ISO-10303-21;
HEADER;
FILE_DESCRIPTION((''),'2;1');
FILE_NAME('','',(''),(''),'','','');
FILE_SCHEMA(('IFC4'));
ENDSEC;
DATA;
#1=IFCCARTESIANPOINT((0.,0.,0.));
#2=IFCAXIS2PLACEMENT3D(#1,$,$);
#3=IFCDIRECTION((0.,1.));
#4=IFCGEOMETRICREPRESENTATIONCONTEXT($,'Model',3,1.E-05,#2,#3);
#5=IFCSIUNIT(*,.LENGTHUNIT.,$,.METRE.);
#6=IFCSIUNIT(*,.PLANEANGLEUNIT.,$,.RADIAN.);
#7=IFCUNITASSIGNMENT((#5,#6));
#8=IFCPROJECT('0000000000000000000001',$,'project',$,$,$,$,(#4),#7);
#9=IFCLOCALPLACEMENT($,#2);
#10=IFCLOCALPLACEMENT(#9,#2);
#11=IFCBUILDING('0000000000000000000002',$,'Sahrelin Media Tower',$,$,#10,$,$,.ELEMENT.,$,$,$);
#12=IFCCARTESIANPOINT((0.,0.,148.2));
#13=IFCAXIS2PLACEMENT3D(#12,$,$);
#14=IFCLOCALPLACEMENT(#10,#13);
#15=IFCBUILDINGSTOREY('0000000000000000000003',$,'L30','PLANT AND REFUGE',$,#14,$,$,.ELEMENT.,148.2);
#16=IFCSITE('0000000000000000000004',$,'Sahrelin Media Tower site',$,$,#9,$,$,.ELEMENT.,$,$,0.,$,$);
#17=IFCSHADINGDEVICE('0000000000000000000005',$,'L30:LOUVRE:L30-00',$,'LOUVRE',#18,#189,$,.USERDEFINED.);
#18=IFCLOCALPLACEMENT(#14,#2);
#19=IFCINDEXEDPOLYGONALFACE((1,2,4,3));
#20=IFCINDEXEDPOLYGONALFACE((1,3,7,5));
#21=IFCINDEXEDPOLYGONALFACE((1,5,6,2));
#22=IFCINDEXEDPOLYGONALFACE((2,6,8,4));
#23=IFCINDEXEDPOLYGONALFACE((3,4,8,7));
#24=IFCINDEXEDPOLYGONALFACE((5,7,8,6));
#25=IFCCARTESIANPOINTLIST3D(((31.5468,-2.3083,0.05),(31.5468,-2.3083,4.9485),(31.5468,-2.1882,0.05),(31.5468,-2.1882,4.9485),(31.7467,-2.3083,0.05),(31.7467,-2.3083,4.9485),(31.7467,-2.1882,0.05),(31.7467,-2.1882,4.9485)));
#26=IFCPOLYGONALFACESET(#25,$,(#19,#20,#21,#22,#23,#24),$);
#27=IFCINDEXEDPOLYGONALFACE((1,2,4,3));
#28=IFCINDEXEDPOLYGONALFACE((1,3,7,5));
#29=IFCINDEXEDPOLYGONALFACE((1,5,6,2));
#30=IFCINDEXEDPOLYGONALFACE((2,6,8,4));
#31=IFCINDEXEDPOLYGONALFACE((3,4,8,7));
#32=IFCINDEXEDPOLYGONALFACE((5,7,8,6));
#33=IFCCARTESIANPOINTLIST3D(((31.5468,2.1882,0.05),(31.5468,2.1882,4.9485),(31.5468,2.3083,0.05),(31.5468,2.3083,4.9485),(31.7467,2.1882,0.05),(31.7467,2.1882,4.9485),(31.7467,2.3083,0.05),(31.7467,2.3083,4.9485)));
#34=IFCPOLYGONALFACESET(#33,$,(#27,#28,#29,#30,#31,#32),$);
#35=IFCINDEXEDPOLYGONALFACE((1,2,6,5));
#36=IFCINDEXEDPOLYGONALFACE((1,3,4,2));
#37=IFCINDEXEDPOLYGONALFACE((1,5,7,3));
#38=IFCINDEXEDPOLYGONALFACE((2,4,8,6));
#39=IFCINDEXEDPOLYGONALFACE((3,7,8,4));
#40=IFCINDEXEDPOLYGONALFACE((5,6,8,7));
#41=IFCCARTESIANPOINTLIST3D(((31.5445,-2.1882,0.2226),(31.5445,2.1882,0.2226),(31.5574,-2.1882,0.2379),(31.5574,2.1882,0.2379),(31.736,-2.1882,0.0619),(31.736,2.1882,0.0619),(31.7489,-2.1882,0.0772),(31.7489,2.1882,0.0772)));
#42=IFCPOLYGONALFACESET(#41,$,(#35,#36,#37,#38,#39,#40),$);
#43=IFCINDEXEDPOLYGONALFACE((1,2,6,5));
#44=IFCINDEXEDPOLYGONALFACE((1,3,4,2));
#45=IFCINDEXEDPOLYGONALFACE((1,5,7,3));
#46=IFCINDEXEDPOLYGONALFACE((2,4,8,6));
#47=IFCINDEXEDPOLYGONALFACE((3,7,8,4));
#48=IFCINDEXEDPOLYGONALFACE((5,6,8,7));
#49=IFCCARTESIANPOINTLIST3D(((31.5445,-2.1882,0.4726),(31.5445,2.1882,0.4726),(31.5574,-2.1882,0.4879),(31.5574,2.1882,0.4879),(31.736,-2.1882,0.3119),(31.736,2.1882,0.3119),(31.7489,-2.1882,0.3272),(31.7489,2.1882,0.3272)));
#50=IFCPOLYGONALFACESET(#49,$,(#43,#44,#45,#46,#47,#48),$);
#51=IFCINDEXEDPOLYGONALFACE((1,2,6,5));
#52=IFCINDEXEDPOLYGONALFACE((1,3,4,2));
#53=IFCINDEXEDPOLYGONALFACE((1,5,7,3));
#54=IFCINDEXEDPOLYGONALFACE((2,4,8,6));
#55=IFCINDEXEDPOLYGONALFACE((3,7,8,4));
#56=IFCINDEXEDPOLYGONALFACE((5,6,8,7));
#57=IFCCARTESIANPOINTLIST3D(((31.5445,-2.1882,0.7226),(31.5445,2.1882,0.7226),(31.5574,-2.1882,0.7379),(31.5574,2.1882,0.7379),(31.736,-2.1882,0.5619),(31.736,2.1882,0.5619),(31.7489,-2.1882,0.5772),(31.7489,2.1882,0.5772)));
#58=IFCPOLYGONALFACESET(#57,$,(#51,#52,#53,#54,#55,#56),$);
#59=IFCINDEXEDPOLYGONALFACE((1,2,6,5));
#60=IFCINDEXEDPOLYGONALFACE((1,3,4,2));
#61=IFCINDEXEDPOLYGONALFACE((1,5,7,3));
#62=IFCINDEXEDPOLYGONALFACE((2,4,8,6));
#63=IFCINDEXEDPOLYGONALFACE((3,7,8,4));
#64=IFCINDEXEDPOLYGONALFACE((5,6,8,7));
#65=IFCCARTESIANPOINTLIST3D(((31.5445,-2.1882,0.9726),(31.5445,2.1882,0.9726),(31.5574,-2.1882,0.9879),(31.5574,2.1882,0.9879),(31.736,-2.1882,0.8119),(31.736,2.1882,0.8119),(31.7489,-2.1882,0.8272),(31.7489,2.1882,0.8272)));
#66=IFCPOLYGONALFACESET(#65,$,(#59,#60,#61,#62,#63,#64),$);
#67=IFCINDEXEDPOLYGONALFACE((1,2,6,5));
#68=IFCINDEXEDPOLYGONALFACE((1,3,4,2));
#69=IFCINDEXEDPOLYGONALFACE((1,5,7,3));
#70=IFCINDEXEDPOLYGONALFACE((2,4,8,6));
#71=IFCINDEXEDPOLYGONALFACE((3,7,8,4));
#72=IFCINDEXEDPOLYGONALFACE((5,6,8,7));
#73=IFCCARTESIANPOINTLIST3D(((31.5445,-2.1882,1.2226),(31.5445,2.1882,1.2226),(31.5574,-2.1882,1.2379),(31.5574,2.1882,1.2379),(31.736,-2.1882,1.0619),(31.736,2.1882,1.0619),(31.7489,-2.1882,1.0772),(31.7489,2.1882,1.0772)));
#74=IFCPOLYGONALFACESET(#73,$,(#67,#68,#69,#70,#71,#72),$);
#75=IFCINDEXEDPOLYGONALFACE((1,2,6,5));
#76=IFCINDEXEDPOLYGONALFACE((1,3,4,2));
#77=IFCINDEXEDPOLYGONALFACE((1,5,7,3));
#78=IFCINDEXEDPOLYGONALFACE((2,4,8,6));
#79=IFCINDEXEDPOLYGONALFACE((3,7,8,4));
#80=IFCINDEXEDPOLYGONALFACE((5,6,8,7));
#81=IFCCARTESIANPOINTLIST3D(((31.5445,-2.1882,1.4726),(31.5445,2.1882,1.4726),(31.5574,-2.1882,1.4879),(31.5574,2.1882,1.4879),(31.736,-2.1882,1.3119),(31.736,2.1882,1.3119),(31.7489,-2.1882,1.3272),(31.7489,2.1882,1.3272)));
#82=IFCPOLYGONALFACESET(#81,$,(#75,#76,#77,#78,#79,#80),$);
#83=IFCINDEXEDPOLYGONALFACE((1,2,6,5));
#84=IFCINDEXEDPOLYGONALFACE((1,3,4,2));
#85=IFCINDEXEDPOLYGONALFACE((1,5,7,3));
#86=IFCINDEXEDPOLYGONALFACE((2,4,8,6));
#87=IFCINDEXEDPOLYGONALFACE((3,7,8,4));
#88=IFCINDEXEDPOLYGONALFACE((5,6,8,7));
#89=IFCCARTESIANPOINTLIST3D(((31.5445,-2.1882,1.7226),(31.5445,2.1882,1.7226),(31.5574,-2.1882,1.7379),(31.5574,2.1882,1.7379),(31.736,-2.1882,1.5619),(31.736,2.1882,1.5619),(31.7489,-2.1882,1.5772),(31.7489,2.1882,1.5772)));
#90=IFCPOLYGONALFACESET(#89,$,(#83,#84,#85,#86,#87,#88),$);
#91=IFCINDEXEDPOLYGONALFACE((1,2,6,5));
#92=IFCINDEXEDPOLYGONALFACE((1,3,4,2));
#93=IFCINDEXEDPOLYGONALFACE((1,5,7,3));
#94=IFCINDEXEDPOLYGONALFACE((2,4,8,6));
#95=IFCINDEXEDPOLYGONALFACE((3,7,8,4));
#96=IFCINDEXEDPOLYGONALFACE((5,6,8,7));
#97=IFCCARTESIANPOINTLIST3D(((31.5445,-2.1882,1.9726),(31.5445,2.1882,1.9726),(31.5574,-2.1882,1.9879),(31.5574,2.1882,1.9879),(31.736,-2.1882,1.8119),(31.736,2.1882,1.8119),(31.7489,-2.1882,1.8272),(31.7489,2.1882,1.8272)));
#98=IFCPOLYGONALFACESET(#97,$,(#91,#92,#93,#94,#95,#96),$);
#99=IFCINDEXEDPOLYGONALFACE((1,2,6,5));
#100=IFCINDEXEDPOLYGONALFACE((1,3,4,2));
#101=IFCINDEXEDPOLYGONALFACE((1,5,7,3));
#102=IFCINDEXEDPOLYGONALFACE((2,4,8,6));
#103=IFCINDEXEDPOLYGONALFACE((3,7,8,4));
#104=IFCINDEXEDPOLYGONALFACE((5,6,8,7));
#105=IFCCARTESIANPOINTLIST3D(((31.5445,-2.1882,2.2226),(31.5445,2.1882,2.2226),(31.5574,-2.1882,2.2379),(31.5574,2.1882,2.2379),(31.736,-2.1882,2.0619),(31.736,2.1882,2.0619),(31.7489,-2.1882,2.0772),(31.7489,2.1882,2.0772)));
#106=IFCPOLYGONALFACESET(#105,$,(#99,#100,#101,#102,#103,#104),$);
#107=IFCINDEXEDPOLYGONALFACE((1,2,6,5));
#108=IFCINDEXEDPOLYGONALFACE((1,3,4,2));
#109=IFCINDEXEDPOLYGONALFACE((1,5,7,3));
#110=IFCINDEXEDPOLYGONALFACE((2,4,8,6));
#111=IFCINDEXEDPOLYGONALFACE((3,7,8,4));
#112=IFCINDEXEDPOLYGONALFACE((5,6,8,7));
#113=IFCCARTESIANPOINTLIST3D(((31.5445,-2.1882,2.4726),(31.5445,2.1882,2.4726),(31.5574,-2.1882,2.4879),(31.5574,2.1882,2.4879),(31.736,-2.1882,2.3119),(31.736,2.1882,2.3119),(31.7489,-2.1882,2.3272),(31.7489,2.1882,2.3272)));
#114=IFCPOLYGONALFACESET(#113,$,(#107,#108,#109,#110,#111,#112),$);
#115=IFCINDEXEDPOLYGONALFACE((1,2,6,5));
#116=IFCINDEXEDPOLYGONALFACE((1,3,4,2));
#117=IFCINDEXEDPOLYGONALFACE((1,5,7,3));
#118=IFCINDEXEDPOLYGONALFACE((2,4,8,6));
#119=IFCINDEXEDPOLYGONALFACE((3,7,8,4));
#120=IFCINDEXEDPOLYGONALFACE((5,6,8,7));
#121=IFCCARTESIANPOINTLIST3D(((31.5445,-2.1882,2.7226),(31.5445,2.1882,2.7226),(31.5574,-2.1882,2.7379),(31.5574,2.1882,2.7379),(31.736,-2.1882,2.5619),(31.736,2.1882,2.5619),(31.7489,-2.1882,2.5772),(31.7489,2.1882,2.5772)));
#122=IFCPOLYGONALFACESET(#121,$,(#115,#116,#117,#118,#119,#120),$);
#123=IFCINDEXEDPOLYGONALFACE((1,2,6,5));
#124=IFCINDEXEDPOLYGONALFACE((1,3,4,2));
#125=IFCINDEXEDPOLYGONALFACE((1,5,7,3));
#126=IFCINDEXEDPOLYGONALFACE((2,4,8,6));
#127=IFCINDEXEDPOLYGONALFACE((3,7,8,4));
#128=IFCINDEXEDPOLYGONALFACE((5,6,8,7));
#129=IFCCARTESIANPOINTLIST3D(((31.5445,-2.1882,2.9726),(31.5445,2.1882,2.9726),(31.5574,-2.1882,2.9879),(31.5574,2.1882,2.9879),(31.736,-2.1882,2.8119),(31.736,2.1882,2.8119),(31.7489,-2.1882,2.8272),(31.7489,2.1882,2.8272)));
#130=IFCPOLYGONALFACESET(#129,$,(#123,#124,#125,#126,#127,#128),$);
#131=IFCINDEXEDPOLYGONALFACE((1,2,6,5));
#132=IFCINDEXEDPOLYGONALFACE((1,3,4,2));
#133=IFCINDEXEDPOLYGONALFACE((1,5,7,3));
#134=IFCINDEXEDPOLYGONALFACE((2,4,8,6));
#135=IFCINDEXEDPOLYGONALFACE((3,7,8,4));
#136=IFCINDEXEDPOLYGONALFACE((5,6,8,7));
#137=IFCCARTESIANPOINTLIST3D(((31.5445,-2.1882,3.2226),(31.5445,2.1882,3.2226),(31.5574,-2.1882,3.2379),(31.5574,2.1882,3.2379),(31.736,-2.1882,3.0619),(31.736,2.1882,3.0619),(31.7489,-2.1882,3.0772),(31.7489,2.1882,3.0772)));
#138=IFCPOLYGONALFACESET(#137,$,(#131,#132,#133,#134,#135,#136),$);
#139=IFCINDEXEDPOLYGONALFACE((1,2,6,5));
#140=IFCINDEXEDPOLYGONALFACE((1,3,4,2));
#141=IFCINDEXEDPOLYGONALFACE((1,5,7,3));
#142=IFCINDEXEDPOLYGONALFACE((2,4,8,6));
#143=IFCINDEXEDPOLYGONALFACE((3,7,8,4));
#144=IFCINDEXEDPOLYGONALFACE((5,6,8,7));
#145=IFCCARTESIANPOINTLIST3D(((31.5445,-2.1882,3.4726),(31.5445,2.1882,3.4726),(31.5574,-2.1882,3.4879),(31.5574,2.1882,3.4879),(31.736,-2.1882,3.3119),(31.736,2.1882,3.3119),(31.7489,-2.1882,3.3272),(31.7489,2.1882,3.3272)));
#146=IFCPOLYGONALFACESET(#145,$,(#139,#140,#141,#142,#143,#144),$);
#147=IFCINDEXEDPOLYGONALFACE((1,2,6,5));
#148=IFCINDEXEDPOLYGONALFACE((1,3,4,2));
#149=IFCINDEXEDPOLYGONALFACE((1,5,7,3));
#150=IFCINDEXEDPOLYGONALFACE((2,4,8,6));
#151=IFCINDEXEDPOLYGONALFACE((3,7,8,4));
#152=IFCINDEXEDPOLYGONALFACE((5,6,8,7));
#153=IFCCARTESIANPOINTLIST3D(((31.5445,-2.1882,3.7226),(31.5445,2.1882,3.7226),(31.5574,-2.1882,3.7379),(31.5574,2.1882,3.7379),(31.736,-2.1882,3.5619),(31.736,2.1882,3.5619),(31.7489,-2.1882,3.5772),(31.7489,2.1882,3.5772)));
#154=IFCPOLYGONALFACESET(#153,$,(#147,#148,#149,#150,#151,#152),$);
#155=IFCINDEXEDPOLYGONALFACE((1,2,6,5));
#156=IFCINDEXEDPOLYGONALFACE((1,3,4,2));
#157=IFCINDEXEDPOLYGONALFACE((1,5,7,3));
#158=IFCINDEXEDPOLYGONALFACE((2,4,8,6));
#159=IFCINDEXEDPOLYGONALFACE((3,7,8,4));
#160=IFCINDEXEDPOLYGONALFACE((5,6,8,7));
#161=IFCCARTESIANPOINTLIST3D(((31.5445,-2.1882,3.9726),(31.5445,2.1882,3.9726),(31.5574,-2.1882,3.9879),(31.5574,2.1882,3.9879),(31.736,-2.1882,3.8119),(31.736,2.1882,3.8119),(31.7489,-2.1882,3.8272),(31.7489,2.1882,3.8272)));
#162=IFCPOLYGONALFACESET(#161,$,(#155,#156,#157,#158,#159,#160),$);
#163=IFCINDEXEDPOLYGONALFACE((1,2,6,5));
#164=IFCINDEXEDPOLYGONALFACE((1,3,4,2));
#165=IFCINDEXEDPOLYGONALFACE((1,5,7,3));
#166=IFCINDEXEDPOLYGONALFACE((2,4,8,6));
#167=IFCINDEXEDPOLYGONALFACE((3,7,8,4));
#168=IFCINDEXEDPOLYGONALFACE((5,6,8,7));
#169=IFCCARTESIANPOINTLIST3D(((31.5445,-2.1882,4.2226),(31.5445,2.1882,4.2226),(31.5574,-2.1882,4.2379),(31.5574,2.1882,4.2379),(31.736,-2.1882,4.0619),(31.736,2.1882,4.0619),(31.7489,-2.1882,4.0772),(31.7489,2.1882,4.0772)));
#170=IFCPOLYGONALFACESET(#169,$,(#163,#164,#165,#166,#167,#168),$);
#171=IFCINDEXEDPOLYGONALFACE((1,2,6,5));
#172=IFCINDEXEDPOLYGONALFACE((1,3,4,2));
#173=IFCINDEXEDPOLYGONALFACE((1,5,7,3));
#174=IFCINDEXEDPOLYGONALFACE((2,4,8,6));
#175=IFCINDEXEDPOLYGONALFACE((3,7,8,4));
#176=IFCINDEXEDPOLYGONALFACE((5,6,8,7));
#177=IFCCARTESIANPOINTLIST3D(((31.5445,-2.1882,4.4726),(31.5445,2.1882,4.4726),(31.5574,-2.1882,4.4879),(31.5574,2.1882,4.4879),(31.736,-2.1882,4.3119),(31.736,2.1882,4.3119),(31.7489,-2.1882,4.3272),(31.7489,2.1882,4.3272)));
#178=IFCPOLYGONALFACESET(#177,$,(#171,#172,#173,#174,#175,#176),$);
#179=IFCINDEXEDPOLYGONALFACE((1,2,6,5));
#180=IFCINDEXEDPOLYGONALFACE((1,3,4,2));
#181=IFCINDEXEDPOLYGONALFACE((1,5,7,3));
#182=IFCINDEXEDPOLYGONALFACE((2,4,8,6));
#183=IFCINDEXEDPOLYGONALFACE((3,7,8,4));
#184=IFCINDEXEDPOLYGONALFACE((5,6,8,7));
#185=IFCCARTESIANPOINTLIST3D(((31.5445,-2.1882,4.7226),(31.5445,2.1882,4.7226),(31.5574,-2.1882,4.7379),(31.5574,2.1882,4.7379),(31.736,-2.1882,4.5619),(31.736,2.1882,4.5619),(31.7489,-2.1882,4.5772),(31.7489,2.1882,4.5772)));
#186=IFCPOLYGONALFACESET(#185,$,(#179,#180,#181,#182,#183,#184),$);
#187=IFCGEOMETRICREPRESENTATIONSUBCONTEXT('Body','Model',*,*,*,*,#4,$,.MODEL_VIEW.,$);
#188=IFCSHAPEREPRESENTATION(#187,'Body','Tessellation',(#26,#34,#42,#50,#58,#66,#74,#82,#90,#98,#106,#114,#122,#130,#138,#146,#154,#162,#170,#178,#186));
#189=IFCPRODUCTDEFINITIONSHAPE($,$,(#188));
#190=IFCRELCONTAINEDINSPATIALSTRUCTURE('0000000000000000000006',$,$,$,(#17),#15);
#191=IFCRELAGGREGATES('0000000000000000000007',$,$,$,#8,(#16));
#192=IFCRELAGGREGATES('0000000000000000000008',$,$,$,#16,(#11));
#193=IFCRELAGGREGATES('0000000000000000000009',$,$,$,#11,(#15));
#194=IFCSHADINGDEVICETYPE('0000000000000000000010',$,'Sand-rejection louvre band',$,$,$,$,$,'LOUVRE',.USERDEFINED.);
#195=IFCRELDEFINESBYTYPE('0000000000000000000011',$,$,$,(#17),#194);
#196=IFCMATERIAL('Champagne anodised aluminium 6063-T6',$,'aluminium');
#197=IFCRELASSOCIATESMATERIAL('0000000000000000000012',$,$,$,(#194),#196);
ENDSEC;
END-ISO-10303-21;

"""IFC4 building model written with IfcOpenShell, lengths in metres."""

from ifc_helpers import new_model, si_unit, direction, frame, origin, origin_2d, place, context, subcontext, project, spatial, rectangle, extrude, material, type_object, element, save


model = new_model("IFC4")

# Units and contexts
model_context = context("Model", 3, precision=1e-05, world=origin(), true_north=direction((0.0, 1.0)))
body_context = subcontext(model_context, "Body", "Model", "MODEL_VIEW")
ifc_project = project(units=[si_unit("LENGTHUNIT", "METRE"), si_unit("PLANEANGLEUNIT", "RADIAN")], contexts=[model_context])

# Site, building, storey
site_placement = place(None, origin())
site = spatial("IfcSite", under=ifc_project, at=site_placement, Name="Sahrelin Media Tower site", CompositionType="ELEMENT", RefElevation=0.0)
building_placement = place(site_placement, origin())
building = spatial("IfcBuilding", under=site, at=building_placement, Name="Sahrelin Media Tower", CompositionType="ELEMENT")
storey_placement = place(building_placement, frame((0.0, 0.0, 148.2)))
storey = spatial("IfcBuildingStorey", under=building, at=storey_placement, Name="L30", Description="PLANT AND REFUGE", CompositionType="ELEMENT", Elevation=148.2)

# Shading device
ifc_material_1 = material(Name="Champagne anodised aluminium 6063-T6", Category="aluminium")
shading_device_type = type_object("IfcShadingDeviceType", Name="Sand-rejection louvre band", ElementType="LOUVRE", PredefinedType="USERDEFINED", material=ifc_material_1)
shading_device_1_placement = place(storey_placement, frame((31.5466, 0.0, 0.0), z_axis=(0.0, 0.0, 1.0), x_axis=(0.0, -1.0, 0.0)))
element("IfcShadingDevice", 1, at=shading_device_1_placement, inside=storey, type_object=shading_device_type, Name="L30:LOUVRE:L30-00", ObjectType="LOUVRE", PredefinedType="USERDEFINED", context=body_context, shape_type="SweptSolid", body=[
    extrude(rectangle(XDim=0.1201, YDim=0.2, at=origin_2d()), frame((2.2483, 0.1001, 0.05), z_axis=(0.0, 0.0, 1.0), x_axis=(1.0, 0.0, 0.0)), (0.0, 0.0, 1.0), 4.8984),
    extrude(rectangle(XDim=0.1201, YDim=0.2, at=origin_2d()), frame((-2.2483, 0.1001, 0.05), z_axis=(0.0, 0.0, 1.0), x_axis=(1.0, 0.0, 0.0)), (0.0, 0.0, 1.0), 4.8984),
    extrude(rectangle(XDim=0.25, YDim=0.02, at=origin_2d()), frame((2.1882, 0.1001, 0.1499), z_axis=(-1.0, 0.0, 0.0), x_axis=(0.0, -0.766044, 0.642788)), (0.0, 0.0, 1.0), 4.3765),
    extrude(rectangle(XDim=0.25, YDim=0.02, at=origin_2d()), frame((2.1882, 0.1001, 0.3999), z_axis=(-1.0, 0.0, 0.0), x_axis=(0.0, -0.766044, 0.642788)), (0.0, 0.0, 1.0), 4.3765),
    extrude(rectangle(XDim=0.25, YDim=0.02, at=origin_2d()), frame((2.1882, 0.1001, 0.6499), z_axis=(-1.0, 0.0, 0.0), x_axis=(0.0, -0.766044, 0.642788)), (0.0, 0.0, 1.0), 4.3765),
    extrude(rectangle(XDim=0.25, YDim=0.02, at=origin_2d()), frame((2.1882, 0.1001, 0.8999), z_axis=(-1.0, 0.0, 0.0), x_axis=(0.0, -0.766044, 0.642788)), (0.0, 0.0, 1.0), 4.3765),
    extrude(rectangle(XDim=0.25, YDim=0.02, at=origin_2d()), frame((2.1882, 0.1001, 1.1499), z_axis=(-1.0, 0.0, 0.0), x_axis=(0.0, -0.766044, 0.642788)), (0.0, 0.0, 1.0), 4.3765),
    extrude(rectangle(XDim=0.25, YDim=0.02, at=origin_2d()), frame((2.1882, 0.1001, 1.3999), z_axis=(-1.0, 0.0, 0.0), x_axis=(0.0, -0.766044, 0.642788)), (0.0, 0.0, 1.0), 4.3765),
    extrude(rectangle(XDim=0.25, YDim=0.02, at=origin_2d()), frame((2.1882, 0.1001, 1.6499), z_axis=(-1.0, 0.0, 0.0), x_axis=(0.0, -0.766044, 0.642788)), (0.0, 0.0, 1.0), 4.3765),
    extrude(rectangle(XDim=0.25, YDim=0.02, at=origin_2d()), frame((2.1882, 0.1001, 1.8999), z_axis=(-1.0, 0.0, 0.0), x_axis=(0.0, -0.766044, 0.642788)), (0.0, 0.0, 1.0), 4.3765),
    extrude(rectangle(XDim=0.25, YDim=0.02, at=origin_2d()), frame((2.1882, 0.1001, 2.1499), z_axis=(-1.0, 0.0, 0.0), x_axis=(0.0, -0.766044, 0.642788)), (0.0, 0.0, 1.0), 4.3765),
    extrude(rectangle(XDim=0.25, YDim=0.02, at=origin_2d()), frame((2.1882, 0.1001, 2.3999), z_axis=(-1.0, 0.0, 0.0), x_axis=(0.0, -0.766044, 0.642788)), (0.0, 0.0, 1.0), 4.3765),
    extrude(rectangle(XDim=0.25, YDim=0.02, at=origin_2d()), frame((2.1882, 0.1001, 2.6499), z_axis=(-1.0, 0.0, 0.0), x_axis=(0.0, -0.766044, 0.642788)), (0.0, 0.0, 1.0), 4.3765),
    extrude(rectangle(XDim=0.25, YDim=0.02, at=origin_2d()), frame((2.1882, 0.1001, 2.8999), z_axis=(-1.0, 0.0, 0.0), x_axis=(0.0, -0.766044, 0.642788)), (0.0, 0.0, 1.0), 4.3765),
    extrude(rectangle(XDim=0.25, YDim=0.02, at=origin_2d()), frame((2.1882, 0.1001, 3.1499), z_axis=(-1.0, 0.0, 0.0), x_axis=(0.0, -0.766044, 0.642788)), (0.0, 0.0, 1.0), 4.3765),
    extrude(rectangle(XDim=0.25, YDim=0.02, at=origin_2d()), frame((2.1882, 0.1001, 3.3999), z_axis=(-1.0, 0.0, 0.0), x_axis=(0.0, -0.766044, 0.642788)), (0.0, 0.0, 1.0), 4.3765),
    extrude(rectangle(XDim=0.25, YDim=0.02, at=origin_2d()), frame((2.1882, 0.1001, 3.6499), z_axis=(-1.0, 0.0, 0.0), x_axis=(0.0, -0.766044, 0.642788)), (0.0, 0.0, 1.0), 4.3765),
    extrude(rectangle(XDim=0.25, YDim=0.02, at=origin_2d()), frame((2.1882, 0.1001, 3.8999), z_axis=(-1.0, 0.0, 0.0), x_axis=(0.0, -0.766044, 0.642788)), (0.0, 0.0, 1.0), 4.3765),
    extrude(rectangle(XDim=0.25, YDim=0.02, at=origin_2d()), frame((2.1882, 0.1001, 4.1499), z_axis=(-1.0, 0.0, 0.0), x_axis=(0.0, -0.766044, 0.642788)), (0.0, 0.0, 1.0), 4.3765),
    extrude(rectangle(XDim=0.25, YDim=0.02, at=origin_2d()), frame((2.1882, 0.1001, 4.3999), z_axis=(-1.0, 0.0, 0.0), x_axis=(0.0, -0.766044, 0.642788)), (0.0, 0.0, 1.0), 4.3765),
    extrude(rectangle(XDim=0.25, YDim=0.02, at=origin_2d()), frame((2.1882, 0.1001, 4.6499), z_axis=(-1.0, 0.0, 0.0), x_axis=(0.0, -0.766044, 0.642788)), (0.0, 0.0, 1.0), 4.3765),
])

save(model, "model.ifc")
